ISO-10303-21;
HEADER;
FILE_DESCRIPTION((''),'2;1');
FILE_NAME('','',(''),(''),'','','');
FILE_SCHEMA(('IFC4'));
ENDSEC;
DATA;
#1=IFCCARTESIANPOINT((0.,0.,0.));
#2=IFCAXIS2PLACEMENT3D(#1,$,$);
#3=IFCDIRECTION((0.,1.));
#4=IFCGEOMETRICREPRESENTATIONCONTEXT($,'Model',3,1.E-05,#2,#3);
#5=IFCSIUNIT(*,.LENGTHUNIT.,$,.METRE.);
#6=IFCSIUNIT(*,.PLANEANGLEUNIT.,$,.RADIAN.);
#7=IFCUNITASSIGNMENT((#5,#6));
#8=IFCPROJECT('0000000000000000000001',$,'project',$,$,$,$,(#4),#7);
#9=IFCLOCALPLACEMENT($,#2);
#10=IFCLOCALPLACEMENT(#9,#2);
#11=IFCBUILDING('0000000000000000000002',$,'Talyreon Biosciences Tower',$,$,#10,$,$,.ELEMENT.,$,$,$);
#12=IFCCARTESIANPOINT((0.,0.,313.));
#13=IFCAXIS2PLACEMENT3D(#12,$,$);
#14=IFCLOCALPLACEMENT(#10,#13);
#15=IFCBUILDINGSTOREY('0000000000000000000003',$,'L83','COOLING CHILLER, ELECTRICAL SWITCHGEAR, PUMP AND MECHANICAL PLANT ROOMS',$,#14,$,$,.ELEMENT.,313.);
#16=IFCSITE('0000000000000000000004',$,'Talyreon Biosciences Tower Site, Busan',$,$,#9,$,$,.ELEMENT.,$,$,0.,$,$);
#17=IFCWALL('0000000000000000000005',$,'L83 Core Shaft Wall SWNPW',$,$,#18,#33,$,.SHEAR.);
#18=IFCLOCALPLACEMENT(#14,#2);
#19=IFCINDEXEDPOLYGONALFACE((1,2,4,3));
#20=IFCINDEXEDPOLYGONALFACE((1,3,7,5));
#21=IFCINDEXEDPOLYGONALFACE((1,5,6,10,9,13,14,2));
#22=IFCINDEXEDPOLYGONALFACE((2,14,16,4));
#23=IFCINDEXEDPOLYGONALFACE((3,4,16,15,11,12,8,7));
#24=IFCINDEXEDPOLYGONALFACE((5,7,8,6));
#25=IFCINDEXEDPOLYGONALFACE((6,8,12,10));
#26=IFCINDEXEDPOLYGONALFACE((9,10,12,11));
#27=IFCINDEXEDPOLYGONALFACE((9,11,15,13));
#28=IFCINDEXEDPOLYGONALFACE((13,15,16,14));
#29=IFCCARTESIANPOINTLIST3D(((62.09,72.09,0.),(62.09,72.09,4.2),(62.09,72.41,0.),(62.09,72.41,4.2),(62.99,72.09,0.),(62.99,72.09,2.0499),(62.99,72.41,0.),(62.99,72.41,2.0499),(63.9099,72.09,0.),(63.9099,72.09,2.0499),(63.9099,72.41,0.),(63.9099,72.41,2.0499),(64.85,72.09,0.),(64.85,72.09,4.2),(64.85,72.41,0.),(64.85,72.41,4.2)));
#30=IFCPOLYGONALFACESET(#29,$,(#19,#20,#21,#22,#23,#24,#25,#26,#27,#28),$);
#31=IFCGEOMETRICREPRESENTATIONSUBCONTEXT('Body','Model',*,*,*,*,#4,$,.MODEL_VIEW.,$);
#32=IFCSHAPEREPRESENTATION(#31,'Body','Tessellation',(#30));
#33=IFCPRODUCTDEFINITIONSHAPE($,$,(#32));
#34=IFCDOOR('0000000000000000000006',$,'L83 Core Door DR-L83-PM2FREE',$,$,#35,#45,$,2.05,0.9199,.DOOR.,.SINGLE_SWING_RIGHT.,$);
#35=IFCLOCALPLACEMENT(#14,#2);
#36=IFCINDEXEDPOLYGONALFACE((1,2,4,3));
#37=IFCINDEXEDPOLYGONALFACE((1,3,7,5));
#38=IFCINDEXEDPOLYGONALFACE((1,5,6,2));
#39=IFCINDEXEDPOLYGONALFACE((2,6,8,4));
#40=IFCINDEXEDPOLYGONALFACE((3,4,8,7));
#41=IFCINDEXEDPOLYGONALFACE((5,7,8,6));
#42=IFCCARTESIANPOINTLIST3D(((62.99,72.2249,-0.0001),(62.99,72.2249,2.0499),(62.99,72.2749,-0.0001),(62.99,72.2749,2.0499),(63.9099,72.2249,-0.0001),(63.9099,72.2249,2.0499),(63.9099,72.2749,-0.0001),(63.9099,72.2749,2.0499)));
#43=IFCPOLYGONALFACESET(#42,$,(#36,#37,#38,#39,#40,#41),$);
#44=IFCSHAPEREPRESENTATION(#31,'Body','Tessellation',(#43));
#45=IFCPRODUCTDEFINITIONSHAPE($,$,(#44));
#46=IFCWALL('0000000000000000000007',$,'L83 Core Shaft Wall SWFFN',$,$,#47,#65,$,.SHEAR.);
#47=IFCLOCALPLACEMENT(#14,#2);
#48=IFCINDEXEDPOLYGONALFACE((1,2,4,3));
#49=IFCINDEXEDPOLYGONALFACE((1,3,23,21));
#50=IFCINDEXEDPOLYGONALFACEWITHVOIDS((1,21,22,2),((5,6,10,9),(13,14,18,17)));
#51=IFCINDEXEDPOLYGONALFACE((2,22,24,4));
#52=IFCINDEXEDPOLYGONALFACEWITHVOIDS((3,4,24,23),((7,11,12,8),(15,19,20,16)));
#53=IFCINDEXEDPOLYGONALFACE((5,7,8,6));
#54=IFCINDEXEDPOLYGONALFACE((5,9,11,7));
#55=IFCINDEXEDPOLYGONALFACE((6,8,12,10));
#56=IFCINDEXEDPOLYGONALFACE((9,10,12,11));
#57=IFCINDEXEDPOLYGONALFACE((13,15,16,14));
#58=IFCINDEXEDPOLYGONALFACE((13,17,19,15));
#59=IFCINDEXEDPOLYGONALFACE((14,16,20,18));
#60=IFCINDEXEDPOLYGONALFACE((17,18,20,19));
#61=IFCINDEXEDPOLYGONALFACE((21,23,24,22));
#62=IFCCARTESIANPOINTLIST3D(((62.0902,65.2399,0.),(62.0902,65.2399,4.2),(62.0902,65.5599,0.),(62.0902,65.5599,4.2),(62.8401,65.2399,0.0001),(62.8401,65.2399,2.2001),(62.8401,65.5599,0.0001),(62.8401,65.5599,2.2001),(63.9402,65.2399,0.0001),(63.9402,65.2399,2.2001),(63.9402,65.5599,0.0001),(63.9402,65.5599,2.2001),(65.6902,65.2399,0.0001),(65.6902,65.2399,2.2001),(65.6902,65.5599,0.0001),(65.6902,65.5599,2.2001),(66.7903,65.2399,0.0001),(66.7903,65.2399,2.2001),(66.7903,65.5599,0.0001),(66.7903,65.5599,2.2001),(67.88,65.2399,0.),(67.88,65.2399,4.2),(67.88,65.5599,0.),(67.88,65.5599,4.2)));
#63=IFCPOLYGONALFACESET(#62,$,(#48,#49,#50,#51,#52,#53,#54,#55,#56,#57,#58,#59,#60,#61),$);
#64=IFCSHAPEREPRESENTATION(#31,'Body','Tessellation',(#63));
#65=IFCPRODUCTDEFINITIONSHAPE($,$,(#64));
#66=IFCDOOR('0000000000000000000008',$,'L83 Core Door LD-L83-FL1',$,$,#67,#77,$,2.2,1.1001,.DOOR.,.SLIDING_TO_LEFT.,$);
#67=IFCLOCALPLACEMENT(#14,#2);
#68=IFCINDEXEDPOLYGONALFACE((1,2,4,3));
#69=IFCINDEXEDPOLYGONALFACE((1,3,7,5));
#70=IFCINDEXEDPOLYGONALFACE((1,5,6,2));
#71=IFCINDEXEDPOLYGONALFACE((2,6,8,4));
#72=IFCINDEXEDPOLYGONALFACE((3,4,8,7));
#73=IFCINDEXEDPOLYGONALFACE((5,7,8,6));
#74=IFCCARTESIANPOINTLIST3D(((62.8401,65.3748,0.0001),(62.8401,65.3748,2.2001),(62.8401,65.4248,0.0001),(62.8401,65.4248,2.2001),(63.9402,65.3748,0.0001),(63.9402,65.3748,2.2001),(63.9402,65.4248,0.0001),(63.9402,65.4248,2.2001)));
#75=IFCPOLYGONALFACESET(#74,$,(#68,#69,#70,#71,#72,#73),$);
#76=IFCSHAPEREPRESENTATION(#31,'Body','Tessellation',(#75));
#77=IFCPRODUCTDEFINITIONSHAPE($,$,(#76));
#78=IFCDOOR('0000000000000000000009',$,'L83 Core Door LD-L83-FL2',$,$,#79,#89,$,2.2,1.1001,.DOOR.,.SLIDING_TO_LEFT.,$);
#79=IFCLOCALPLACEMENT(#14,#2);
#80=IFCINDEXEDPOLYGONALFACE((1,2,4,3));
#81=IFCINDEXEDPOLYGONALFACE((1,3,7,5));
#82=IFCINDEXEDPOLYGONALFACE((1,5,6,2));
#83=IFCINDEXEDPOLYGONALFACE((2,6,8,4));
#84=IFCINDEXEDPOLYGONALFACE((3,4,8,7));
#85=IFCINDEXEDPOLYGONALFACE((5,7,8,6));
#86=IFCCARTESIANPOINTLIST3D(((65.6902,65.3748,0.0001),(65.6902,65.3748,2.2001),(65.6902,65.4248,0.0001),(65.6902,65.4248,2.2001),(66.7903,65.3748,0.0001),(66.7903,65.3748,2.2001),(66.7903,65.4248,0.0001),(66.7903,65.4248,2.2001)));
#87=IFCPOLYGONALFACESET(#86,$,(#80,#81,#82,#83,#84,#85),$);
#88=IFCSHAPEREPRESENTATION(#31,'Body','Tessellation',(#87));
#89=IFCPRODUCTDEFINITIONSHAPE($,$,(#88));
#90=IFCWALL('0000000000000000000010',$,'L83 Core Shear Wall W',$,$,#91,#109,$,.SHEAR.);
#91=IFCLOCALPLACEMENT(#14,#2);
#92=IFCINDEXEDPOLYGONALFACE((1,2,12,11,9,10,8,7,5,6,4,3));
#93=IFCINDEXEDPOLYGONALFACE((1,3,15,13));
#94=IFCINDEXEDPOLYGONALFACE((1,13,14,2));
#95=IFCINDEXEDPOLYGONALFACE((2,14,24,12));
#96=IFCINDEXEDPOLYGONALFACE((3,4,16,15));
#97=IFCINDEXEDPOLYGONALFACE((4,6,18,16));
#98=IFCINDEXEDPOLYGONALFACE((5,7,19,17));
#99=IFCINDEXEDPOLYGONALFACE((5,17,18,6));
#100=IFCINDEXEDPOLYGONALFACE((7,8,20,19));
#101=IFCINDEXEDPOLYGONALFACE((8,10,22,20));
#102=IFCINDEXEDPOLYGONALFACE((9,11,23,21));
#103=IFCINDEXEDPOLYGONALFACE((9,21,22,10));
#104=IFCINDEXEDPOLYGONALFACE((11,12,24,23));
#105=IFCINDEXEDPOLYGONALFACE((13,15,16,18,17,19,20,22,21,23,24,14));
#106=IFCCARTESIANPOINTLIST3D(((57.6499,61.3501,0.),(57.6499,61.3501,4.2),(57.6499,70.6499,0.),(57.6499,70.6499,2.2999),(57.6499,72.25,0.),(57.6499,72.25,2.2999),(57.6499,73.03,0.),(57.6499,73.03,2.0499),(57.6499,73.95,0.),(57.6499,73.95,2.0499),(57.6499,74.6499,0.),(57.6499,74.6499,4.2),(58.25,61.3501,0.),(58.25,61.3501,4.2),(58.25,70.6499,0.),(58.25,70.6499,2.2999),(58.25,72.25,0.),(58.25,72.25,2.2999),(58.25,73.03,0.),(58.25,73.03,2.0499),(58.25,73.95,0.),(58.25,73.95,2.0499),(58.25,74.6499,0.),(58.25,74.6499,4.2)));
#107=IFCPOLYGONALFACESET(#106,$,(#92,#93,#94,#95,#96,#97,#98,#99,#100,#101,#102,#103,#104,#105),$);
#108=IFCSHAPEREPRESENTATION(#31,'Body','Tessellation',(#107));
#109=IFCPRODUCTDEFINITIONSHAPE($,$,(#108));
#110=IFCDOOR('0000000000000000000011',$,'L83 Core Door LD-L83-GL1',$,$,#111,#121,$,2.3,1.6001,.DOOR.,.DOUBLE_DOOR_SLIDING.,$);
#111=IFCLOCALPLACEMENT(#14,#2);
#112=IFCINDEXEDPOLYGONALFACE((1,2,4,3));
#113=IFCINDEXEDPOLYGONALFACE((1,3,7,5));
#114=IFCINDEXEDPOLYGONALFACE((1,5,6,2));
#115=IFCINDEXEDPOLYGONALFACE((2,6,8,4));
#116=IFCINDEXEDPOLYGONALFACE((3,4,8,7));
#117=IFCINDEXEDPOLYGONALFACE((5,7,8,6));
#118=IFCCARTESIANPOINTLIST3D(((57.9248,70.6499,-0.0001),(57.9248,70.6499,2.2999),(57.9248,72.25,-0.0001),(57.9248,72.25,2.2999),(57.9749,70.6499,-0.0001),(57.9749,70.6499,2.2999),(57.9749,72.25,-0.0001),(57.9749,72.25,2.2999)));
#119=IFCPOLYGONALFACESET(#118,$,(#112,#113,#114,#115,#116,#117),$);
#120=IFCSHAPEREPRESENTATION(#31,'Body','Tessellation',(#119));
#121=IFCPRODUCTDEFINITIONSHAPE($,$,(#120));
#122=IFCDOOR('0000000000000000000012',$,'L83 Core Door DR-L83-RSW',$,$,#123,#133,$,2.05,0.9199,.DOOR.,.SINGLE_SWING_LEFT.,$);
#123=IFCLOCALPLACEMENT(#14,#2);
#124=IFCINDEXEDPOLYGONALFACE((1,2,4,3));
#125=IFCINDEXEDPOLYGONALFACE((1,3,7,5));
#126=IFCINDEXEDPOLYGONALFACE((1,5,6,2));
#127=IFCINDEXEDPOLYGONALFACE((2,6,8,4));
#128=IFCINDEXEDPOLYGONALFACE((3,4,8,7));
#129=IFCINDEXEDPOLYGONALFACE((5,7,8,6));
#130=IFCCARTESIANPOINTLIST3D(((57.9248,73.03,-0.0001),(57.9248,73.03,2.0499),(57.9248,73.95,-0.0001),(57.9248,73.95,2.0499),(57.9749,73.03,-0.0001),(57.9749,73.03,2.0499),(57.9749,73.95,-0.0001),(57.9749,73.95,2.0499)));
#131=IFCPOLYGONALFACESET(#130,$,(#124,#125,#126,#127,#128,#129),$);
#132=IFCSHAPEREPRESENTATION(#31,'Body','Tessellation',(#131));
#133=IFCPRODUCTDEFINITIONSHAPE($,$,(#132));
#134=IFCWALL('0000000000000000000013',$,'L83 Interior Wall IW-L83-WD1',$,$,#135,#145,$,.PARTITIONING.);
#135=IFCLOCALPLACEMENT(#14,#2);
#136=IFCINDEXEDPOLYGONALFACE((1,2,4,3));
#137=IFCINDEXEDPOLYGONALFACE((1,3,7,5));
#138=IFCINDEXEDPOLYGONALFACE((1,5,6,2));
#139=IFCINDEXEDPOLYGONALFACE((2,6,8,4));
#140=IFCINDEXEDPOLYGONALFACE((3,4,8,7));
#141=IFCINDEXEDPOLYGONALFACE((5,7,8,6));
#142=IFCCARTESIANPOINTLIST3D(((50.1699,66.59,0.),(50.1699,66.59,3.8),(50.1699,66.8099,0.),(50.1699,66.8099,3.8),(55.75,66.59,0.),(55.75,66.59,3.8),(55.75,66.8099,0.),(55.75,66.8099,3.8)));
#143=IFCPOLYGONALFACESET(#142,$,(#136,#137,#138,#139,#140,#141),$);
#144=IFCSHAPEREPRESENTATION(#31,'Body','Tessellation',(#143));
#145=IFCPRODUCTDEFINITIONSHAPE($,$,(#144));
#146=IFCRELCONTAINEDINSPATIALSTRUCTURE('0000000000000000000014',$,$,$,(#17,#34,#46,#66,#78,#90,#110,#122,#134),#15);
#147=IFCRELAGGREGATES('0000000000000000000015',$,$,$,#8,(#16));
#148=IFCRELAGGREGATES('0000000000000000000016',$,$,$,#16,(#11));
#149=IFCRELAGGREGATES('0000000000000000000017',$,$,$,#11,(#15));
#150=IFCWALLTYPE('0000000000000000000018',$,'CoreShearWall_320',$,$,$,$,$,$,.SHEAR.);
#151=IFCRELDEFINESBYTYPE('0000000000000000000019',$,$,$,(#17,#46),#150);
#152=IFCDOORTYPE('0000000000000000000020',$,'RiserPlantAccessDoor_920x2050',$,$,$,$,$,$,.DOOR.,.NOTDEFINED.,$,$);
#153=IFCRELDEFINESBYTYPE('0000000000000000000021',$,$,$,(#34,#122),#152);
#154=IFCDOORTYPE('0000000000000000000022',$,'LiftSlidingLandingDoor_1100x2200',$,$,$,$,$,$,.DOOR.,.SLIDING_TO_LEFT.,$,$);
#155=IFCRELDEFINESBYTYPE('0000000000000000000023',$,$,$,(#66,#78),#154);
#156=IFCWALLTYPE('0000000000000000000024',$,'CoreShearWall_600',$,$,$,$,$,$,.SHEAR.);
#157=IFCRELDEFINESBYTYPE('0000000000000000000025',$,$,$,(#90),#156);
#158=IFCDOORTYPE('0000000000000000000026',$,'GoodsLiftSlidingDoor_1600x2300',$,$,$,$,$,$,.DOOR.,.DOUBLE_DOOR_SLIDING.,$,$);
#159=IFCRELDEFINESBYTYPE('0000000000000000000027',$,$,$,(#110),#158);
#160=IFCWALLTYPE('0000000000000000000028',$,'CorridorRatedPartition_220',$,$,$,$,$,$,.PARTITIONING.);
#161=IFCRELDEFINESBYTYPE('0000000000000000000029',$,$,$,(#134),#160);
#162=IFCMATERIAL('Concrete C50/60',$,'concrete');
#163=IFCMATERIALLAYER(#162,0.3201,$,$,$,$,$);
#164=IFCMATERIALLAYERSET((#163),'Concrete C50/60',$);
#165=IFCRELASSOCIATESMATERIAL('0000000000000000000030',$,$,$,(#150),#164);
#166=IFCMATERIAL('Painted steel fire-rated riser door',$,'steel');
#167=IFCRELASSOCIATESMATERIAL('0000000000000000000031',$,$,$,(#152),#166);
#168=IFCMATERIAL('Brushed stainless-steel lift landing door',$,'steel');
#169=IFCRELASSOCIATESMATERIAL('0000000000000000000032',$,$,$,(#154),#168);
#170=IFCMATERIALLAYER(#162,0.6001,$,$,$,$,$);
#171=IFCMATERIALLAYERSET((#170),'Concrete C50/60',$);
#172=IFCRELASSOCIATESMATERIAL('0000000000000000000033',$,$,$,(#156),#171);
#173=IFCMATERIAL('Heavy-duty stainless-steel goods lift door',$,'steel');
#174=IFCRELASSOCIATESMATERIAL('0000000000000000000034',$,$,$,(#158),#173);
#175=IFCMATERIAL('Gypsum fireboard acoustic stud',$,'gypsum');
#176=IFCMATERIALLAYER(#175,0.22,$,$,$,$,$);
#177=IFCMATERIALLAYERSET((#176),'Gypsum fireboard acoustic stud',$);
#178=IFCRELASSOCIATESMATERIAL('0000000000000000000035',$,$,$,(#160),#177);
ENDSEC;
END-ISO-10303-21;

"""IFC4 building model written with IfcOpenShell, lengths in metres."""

from ifc_helpers import new_model, si_unit, direction, frame, frame_2d, origin, place, context, subcontext, project, spatial, rectangle, extrude, material, layer, layer_set, type_object, element, fill, save


model = new_model("IFC4")

# Units and contexts
model_context = context("Model", 3, precision=1e-05, world=origin(), true_north=direction((0.0, 1.0)))
body_context = subcontext(model_context, "Body", "Model", "MODEL_VIEW")
ifc_project = project(units=[si_unit("LENGTHUNIT", "METRE"), si_unit("PLANEANGLEUNIT", "RADIAN")], contexts=[model_context])

# Site, building, storey
site_placement = place(None, origin())
site = spatial("IfcSite", under=ifc_project, at=site_placement, Name="Talyreon Biosciences Tower Site, Busan", CompositionType="ELEMENT", RefElevation=0.0)
building_placement = place(site_placement, origin())
building = spatial("IfcBuilding", under=site, at=building_placement, Name="Talyreon Biosciences Tower", CompositionType="ELEMENT")
storey_placement = place(building_placement, frame((0.0, 0.0, 313.0)))
storey = spatial("IfcBuildingStorey", under=building, at=storey_placement, Name="L83", Description="COOLING CHILLER, ELECTRICAL SWITCHGEAR, PUMP AND MECHANICAL PLANT ROOMS", CompositionType="ELEMENT", Elevation=313.0)

# Shared definitions
ifc_material_1 = material(Name="Concrete C50/60", Category="concrete")

# Shared definitions
ifc_layer_1 = layer(ifc_material_1, 0.3201)
ifc_layer_set_1 = layer_set([ifc_layer_1], Name="Concrete C50/60")
wall_type_1 = type_object("IfcWallType", Name="CoreShearWall_320", PredefinedType="SHEAR", material=ifc_layer_set_1)

# Wall, opening, door
wall_1_placement = place(storey_placement, frame((62.0901, 72.25, 0.0), z_axis=(0.0, 0.0, 1.0), x_axis=(1.0, 0.0, 0.0)))
wall_1 = element("IfcWall", 1, at=wall_1_placement, inside=storey, type_object=wall_type_1, Name="L83 Core Shaft Wall SWNPW", PredefinedType="SHEAR", context=body_context, shape_type="SweptSolid", body=[
    extrude(rectangle(XDim=2.76, YDim=0.3201, at=frame_2d((1.3799, 0.0))), origin(), (0.0, 0.0, 1.0), 4.2),
])
opening_1_placement = place(wall_1_placement, frame((0.8999, 0.0, 0.0)))
opening_1 = element("IfcOpeningElement", 2, at=opening_1_placement, cuts=wall_1, PredefinedType="OPENING", context=body_context, shape_type="SweptSolid", body=[
    extrude(rectangle(XDim=0.9199, YDim=2.05, at=frame_2d((0.46, 1.0249))), frame((0.0, 0.1699, 0.0), z_axis=(0.0, -1.0, 0.0), x_axis=(1.0, 0.0, 0.0)), (0.0, 0.0, 1.0), 0.3401),
])
ifc_material_2 = material(Name="Painted steel fire-rated riser door", Category="steel")
door_type_1 = type_object("IfcDoorType", Name="RiserPlantAccessDoor_920x2050", OperationType="NOTDEFINED", PredefinedType="DOOR", material=ifc_material_2)
door_1_placement = place(opening_1_placement, origin())
door_1 = element("IfcDoor", 3, at=door_1_placement, inside=storey, type_object=door_type_1, Name="L83 Core Door DR-L83-PM2FREE", OperationType="SINGLE_SWING_RIGHT", OverallHeight=2.05, OverallWidth=0.9199, PredefinedType="DOOR", context=body_context, shape_type="SweptSolid", body=[
    extrude(rectangle(XDim=0.9199, YDim=2.05, at=frame_2d((0.46, 1.0249))), frame((0.0, 0.0249, 0.0), z_axis=(0.0, -1.0, 0.0), x_axis=(1.0, 0.0, 0.0)), (0.0, 0.0, 1.0), 0.05),
])
fill(opening_1, door_1)

# Walls, openings, doors
wall_2_placement = place(storey_placement, frame((62.0901, 65.3999, 0.0), z_axis=(0.0, 0.0, 1.0), x_axis=(1.0, 0.0, 0.0)))
wall_2 = element("IfcWall", 4, at=wall_2_placement, inside=storey, type_object=wall_type_1, Name="L83 Core Shaft Wall SWFFN", PredefinedType="SHEAR", context=body_context, shape_type="SweptSolid", body=[
    extrude(rectangle(XDim=5.7898, YDim=0.3201, at=frame_2d((2.895, 0.0))), origin(), (0.0, 0.0, 1.0), 4.2),
])
opening_2_placement = place(wall_2_placement, frame((0.75, 0.0, 0.0)))
opening_2 = element("IfcOpeningElement", 5, at=opening_2_placement, cuts=wall_2, PredefinedType="OPENING", context=body_context, shape_type="SweptSolid", body=[
    extrude(rectangle(XDim=1.1001, YDim=2.2, at=frame_2d((0.55, 1.1001))), frame((0.0, 0.1699, 0.0), z_axis=(0.0, -1.0, 0.0), x_axis=(1.0, 0.0, 0.0)), (0.0, 0.0, 1.0), 0.3401),
])
opening_3_placement = place(wall_2_placement, frame((3.6001, 0.0, 0.0)))
opening_3 = element("IfcOpeningElement", 6, at=opening_3_placement, cuts=wall_2, PredefinedType="OPENING", context=body_context, shape_type="SweptSolid", body=[
    extrude(rectangle(XDim=1.1001, YDim=2.2, at=frame_2d((0.55, 1.1001))), frame((0.0, 0.1699, 0.0), z_axis=(0.0, -1.0, 0.0), x_axis=(1.0, 0.0, 0.0)), (0.0, 0.0, 1.0), 0.3401),
])
ifc_material_3 = material(Name="Brushed stainless-steel lift landing door", Category="steel")
door_type_2 = type_object("IfcDoorType", Name="LiftSlidingLandingDoor_1100x2200", OperationType="SLIDING_TO_LEFT", PredefinedType="DOOR", material=ifc_material_3)
door_2_placement = place(opening_2_placement, origin())
door_2 = element("IfcDoor", 7, at=door_2_placement, inside=storey, type_object=door_type_2, Name="L83 Core Door LD-L83-FL1", OperationType="SLIDING_TO_LEFT", OverallHeight=2.2, OverallWidth=1.1001, PredefinedType="DOOR", context=body_context, shape_type="SweptSolid", body=[
    extrude(rectangle(XDim=1.1001, YDim=2.2, at=frame_2d((0.55, 1.1001))), frame((0.0, 0.0249, 0.0), z_axis=(0.0, -1.0, 0.0), x_axis=(1.0, 0.0, 0.0)), (0.0, 0.0, 1.0), 0.05),
])
fill(opening_2, door_2)
door_3_placement = place(opening_3_placement, origin())
door_3 = element("IfcDoor", 8, at=door_3_placement, inside=storey, type_object=door_type_2, Name="L83 Core Door LD-L83-FL2", OperationType="SLIDING_TO_LEFT", OverallHeight=2.2, OverallWidth=1.1001, PredefinedType="DOOR", context=body_context, shape_type="SweptSolid", body=[
    extrude(rectangle(XDim=1.1001, YDim=2.2, at=frame_2d((0.55, 1.1001))), frame((0.0, 0.0249, 0.0), z_axis=(0.0, -1.0, 0.0), x_axis=(1.0, 0.0, 0.0)), (0.0, 0.0, 1.0), 0.05),
])
fill(opening_3, door_3)
ifc_layer_2 = layer(ifc_material_1, 0.6001)
ifc_layer_set_2 = layer_set([ifc_layer_2], Name="Concrete C50/60")
wall_type_2 = type_object("IfcWallType", Name="CoreShearWall_600", PredefinedType="SHEAR", material=ifc_layer_set_2)
wall_3_placement = place(storey_placement, frame((57.95, 74.6499, 0.0), z_axis=(0.0, 0.0, 1.0), x_axis=(0.0, -1.0, 0.0)))
wall_3 = element("IfcWall", 9, at=wall_3_placement, inside=storey, type_object=wall_type_2, Name="L83 Core Shear Wall W", PredefinedType="SHEAR", context=body_context, shape_type="SweptSolid", body=[
    extrude(rectangle(XDim=13.2998, YDim=0.6001, at=frame_2d((6.6499, 0.0))), origin(), (0.0, 0.0, 1.0), 4.2),
])
opening_4_placement = place(wall_3_placement, frame((0.7, 0.0, 0.0)))
opening_4 = element("IfcOpeningElement", 10, at=opening_4_placement, cuts=wall_3, PredefinedType="OPENING", context=body_context, shape_type="SweptSolid", body=[
    extrude(rectangle(XDim=0.9199, YDim=2.05, at=frame_2d((0.46, 1.0249))), frame((0.0, 0.3101, 0.0), z_axis=(0.0, -1.0, 0.0), x_axis=(1.0, 0.0, 0.0)), (0.0, 0.0, 1.0), 0.6201),
])
opening_5_placement = place(wall_3_placement, frame((2.3999, 0.0, 0.0)))
opening_5 = element("IfcOpeningElement", 11, at=opening_5_placement, cuts=wall_3, PredefinedType="OPENING", context=body_context, shape_type="SweptSolid", body=[
    extrude(rectangle(XDim=1.6001, YDim=2.3, at=frame_2d((0.8, 1.1499))), frame((0.0, 0.3101, 0.0), z_axis=(0.0, -1.0, 0.0), x_axis=(1.0, 0.0, 0.0)), (0.0, 0.0, 1.0), 0.6201),
])
ifc_material_4 = material(Name="Heavy-duty stainless-steel goods lift door", Category="steel")
door_type_3 = type_object("IfcDoorType", Name="GoodsLiftSlidingDoor_1600x2300", OperationType="DOUBLE_DOOR_SLIDING", PredefinedType="DOOR", material=ifc_material_4)
door_4_placement = place(opening_5_placement, origin())
door_4 = element("IfcDoor", 12, at=door_4_placement, inside=storey, type_object=door_type_3, Name="L83 Core Door LD-L83-GL1", OperationType="DOUBLE_DOOR_SLIDING", OverallHeight=2.3, OverallWidth=1.6001, PredefinedType="DOOR", context=body_context, shape_type="SweptSolid", body=[
    extrude(rectangle(XDim=1.6001, YDim=2.3, at=frame_2d((0.8, 1.1499))), frame((0.0, 0.0249, 0.0), z_axis=(0.0, -1.0, 0.0), x_axis=(1.0, 0.0, 0.0)), (0.0, 0.0, 1.0), 0.05),
])
fill(opening_5, door_4)
door_5_placement = place(opening_4_placement, origin())
door_5 = element("IfcDoor", 13, at=door_5_placement, inside=storey, type_object=door_type_1, Name="L83 Core Door DR-L83-RSW", OperationType="SINGLE_SWING_LEFT", OverallHeight=2.05, OverallWidth=0.9199, PredefinedType="DOOR", context=body_context, shape_type="SweptSolid", body=[
    extrude(rectangle(XDim=0.9199, YDim=2.05, at=frame_2d((0.46, 1.0249))), frame((0.0, 0.0249, 0.0), z_axis=(0.0, -1.0, 0.0), x_axis=(1.0, 0.0, 0.0)), (0.0, 0.0, 1.0), 0.05),
])
fill(opening_4, door_5)

# Wall
ifc_material_5 = material(Name="Gypsum fireboard acoustic stud", Category="gypsum")
ifc_layer_3 = layer(ifc_material_5, 0.22)
ifc_layer_set_3 = layer_set([ifc_layer_3], Name="Gypsum fireboard acoustic stud")
wall_type_3 = type_object("IfcWallType", Name="CorridorRatedPartition_220", PredefinedType="PARTITIONING", material=ifc_layer_set_3)
wall_4_placement = place(storey_placement, frame((50.1699, 66.7, 0.0), z_axis=(0.0, 0.0, 1.0), x_axis=(1.0, 0.0, 0.0)))
element("IfcWall", 14, at=wall_4_placement, inside=storey, type_object=wall_type_3, Name="L83 Interior Wall IW-L83-WD1", PredefinedType="PARTITIONING", context=body_context, shape_type="SweptSolid", body=[
    extrude(rectangle(XDim=5.5801, YDim=0.22, at=frame_2d((2.79, 0.0))), origin(), (0.0, 0.0, 1.0), 3.8),
])

save(model, "model.ifc")
